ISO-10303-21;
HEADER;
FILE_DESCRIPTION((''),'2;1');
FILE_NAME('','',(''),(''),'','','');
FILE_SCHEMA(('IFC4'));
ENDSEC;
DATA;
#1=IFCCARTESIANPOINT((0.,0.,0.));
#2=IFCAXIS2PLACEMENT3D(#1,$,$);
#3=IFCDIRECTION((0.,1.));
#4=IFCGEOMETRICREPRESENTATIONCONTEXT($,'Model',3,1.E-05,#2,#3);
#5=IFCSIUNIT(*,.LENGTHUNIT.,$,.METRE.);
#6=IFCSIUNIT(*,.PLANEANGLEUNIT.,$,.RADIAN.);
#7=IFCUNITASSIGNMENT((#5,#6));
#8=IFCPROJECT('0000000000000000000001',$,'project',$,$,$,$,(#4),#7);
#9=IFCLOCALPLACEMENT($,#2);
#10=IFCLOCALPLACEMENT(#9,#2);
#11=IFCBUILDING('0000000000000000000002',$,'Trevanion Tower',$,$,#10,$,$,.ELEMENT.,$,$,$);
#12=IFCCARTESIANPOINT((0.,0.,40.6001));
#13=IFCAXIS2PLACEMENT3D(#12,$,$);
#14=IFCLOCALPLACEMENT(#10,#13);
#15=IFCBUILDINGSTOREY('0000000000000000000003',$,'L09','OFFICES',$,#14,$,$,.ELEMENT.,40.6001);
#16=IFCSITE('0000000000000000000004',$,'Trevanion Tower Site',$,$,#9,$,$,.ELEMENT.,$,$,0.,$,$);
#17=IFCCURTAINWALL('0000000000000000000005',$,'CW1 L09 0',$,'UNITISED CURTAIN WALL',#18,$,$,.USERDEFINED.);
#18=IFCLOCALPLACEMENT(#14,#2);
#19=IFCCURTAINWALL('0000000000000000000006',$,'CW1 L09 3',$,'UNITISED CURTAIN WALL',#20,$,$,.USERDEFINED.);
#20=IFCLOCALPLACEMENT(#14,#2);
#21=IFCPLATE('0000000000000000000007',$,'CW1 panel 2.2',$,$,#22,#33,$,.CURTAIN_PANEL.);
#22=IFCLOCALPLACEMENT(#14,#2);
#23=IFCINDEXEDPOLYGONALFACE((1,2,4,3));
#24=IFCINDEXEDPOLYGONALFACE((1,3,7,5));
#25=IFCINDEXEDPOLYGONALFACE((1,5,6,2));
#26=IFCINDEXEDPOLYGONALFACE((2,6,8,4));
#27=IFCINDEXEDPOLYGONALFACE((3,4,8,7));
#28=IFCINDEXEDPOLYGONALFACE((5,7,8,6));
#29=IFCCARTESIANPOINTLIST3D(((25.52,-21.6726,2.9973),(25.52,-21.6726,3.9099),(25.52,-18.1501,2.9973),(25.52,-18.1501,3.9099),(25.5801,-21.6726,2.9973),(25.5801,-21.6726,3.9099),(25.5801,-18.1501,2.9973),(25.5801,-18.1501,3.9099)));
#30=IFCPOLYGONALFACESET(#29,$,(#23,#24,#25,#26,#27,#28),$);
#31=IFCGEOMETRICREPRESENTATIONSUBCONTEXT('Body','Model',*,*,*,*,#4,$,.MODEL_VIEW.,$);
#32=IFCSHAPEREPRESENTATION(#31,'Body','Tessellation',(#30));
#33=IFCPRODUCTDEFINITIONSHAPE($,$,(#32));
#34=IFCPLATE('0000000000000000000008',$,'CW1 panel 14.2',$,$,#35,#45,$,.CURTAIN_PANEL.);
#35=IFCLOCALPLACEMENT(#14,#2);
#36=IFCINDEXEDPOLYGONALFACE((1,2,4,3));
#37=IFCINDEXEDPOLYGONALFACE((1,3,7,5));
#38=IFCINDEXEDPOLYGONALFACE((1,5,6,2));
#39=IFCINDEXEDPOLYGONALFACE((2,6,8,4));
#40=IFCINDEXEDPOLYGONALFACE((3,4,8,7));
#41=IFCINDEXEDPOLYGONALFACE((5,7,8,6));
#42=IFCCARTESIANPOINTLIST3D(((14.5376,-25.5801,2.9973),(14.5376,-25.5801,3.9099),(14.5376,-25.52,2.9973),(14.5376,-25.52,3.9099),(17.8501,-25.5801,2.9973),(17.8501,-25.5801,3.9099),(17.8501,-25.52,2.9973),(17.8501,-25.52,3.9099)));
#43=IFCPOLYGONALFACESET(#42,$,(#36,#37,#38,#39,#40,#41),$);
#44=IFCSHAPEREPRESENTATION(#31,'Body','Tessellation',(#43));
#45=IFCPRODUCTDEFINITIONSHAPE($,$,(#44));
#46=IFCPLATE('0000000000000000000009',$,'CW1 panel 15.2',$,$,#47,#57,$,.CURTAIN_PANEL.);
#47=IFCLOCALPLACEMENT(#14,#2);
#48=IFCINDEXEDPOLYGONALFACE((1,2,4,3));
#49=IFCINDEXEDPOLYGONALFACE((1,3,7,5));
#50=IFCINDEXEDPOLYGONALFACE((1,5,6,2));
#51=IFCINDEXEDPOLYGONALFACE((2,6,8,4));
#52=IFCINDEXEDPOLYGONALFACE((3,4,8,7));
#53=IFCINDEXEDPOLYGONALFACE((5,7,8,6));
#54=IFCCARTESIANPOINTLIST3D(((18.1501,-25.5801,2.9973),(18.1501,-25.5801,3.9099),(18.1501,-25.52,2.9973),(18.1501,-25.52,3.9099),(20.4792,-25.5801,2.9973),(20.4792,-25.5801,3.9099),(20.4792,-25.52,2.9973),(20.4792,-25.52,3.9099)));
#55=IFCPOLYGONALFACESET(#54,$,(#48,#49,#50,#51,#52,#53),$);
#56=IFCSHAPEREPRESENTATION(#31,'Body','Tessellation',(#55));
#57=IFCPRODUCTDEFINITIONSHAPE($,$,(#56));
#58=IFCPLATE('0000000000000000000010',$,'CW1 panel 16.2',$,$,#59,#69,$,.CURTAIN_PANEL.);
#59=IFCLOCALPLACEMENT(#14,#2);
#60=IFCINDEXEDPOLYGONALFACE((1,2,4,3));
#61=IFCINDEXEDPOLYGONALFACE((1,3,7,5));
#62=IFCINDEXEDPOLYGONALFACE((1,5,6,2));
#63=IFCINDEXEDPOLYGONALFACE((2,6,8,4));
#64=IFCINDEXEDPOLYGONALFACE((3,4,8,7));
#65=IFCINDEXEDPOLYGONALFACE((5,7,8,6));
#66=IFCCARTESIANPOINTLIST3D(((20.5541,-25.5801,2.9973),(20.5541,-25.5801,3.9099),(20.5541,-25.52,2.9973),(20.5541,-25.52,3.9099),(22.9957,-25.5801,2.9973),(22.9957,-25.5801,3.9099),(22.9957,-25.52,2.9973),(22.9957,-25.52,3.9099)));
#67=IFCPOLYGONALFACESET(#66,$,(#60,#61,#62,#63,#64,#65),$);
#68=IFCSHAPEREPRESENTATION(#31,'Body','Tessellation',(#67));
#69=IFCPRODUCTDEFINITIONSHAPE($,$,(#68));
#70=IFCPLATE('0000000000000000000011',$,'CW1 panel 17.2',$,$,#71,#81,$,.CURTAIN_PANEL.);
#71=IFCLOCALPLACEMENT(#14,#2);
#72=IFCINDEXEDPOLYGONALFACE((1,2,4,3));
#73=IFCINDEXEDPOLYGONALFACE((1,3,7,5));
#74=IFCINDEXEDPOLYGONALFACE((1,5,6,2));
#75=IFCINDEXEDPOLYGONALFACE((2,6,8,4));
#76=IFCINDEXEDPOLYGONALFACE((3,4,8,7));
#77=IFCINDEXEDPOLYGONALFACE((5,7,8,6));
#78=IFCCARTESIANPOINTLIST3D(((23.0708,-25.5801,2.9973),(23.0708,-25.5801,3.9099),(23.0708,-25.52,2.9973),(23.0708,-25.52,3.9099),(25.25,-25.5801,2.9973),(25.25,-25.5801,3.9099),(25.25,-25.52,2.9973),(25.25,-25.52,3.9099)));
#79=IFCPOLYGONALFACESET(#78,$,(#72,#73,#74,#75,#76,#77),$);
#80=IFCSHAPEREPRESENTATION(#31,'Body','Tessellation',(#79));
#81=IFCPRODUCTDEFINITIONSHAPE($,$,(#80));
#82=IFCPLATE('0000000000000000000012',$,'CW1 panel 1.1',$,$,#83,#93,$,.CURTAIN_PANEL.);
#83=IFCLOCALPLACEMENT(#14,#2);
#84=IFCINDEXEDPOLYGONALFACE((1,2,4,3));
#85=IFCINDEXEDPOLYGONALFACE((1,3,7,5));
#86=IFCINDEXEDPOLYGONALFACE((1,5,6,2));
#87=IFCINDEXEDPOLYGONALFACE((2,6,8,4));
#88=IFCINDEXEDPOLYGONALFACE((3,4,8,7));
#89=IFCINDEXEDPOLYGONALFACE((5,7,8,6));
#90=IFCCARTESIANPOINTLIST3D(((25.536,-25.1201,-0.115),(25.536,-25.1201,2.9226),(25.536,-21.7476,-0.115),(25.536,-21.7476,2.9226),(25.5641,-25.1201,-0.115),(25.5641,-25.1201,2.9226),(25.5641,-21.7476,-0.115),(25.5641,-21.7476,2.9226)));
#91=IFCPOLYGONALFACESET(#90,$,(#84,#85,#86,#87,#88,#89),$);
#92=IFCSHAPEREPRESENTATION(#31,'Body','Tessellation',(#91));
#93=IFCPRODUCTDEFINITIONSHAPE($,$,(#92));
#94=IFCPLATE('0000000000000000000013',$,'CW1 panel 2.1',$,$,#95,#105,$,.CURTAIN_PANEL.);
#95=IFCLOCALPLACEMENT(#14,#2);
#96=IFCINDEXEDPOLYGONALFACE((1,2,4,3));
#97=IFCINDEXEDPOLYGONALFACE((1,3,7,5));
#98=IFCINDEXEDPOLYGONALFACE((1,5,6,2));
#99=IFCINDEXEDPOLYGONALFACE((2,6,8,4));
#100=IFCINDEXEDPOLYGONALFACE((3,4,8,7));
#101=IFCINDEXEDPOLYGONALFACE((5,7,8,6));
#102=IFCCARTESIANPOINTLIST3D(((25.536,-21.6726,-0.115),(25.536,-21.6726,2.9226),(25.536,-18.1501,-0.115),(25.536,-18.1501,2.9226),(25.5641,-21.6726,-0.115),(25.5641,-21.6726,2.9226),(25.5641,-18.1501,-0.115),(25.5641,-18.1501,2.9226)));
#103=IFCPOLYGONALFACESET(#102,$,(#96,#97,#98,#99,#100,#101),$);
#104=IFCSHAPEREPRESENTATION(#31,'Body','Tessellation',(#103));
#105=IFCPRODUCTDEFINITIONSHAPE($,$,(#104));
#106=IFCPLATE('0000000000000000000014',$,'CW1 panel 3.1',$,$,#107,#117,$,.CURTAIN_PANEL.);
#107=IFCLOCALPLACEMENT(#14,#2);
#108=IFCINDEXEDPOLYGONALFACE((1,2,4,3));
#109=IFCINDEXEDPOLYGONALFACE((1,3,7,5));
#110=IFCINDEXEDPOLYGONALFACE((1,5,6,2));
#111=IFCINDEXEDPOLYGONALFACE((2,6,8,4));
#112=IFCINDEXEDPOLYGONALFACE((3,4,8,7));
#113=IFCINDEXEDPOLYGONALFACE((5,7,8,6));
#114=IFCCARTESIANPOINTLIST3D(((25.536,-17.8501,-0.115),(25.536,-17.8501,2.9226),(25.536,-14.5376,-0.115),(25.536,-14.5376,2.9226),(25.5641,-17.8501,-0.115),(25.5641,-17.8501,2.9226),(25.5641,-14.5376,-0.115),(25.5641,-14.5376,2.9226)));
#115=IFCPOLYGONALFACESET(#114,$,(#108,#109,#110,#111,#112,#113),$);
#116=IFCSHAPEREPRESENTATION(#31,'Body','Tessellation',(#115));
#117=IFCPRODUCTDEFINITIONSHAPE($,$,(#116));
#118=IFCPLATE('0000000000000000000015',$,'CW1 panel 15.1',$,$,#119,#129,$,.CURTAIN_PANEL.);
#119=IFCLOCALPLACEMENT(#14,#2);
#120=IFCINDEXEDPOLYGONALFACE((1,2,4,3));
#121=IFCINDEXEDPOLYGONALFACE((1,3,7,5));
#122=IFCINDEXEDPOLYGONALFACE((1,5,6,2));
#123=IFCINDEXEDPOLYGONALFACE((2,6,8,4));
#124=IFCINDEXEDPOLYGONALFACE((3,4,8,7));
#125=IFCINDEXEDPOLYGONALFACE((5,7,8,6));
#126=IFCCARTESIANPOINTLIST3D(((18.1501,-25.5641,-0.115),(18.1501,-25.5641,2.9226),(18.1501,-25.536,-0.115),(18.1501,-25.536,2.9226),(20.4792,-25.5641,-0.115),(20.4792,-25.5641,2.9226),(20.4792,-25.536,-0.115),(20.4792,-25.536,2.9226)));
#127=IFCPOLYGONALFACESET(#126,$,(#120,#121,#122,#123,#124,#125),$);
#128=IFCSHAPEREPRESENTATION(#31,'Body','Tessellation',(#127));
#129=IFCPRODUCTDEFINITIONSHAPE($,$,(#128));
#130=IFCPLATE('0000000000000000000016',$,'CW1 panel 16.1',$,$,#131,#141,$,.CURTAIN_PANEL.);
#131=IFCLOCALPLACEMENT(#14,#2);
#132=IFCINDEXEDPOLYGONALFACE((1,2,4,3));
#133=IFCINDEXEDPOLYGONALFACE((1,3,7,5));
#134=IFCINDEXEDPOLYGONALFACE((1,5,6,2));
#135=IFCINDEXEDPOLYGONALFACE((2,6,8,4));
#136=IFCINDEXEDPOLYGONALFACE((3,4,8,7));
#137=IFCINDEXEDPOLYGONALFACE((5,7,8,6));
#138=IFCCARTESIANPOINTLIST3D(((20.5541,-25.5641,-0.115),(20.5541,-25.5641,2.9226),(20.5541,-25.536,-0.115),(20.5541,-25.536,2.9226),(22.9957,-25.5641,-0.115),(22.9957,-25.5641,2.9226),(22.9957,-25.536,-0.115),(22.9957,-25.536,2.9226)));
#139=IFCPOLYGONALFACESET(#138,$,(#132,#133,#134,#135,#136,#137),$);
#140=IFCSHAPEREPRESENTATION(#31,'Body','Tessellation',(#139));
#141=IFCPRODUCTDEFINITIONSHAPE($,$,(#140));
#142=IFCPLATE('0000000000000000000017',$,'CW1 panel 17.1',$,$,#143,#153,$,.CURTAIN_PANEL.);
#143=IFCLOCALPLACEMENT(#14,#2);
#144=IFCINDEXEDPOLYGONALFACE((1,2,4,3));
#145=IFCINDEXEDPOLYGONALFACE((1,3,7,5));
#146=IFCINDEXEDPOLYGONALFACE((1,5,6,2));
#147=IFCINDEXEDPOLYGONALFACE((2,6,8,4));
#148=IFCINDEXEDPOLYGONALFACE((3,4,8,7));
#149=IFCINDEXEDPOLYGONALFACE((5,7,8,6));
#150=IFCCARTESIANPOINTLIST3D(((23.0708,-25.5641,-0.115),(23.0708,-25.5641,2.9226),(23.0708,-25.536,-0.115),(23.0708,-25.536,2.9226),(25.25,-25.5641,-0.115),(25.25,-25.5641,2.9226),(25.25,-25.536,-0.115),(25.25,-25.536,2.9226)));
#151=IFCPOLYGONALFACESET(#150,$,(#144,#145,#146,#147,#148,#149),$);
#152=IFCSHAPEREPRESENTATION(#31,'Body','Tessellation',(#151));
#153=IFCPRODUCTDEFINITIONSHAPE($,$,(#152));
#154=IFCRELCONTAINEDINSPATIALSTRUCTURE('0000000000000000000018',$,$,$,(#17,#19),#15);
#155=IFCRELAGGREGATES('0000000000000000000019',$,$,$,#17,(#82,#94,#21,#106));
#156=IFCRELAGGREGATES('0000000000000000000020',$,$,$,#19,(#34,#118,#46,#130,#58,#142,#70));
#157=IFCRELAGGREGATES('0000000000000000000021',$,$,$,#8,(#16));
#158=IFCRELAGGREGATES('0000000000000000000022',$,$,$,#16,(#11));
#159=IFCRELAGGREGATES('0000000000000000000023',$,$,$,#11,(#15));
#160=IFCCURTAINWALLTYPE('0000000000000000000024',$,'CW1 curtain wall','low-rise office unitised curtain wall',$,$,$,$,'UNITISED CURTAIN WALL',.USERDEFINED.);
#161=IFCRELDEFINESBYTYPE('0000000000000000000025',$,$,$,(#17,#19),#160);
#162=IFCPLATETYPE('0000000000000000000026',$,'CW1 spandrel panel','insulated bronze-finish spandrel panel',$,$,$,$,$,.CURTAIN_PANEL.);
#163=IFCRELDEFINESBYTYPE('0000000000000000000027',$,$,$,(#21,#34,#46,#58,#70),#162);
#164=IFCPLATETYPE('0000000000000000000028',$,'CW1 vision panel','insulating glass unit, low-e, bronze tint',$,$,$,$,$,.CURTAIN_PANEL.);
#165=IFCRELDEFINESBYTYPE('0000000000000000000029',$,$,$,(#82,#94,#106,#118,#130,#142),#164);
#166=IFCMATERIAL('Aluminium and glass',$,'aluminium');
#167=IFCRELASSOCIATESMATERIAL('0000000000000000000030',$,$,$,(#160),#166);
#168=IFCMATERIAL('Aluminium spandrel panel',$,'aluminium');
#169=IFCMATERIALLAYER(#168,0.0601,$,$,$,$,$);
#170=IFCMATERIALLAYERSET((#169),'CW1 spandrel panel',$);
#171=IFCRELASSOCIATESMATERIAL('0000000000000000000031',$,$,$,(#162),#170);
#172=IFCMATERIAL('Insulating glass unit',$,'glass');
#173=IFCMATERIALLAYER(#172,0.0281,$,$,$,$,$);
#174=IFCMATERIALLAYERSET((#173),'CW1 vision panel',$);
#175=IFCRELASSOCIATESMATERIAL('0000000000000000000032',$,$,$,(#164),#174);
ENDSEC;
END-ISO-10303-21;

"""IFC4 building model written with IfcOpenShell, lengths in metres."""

from ifc_helpers import new_model, si_unit, direction, frame, origin, origin_2d, place, context, subcontext, project, spatial, rectangle, extrude, material, layer, layer_set, type_object, element, aggregate, save


model = new_model("IFC4")

# Units and contexts
model_context = context("Model", 3, precision=1e-05, world=origin(), true_north=direction((0.0, 1.0)))
body_context = subcontext(model_context, "Body", "Model", "MODEL_VIEW")
ifc_project = project(units=[si_unit("LENGTHUNIT", "METRE"), si_unit("PLANEANGLEUNIT", "RADIAN")], contexts=[model_context])

# Site, building, storey
site_placement = place(None, origin())
site = spatial("IfcSite", under=ifc_project, at=site_placement, Name="Trevanion Tower Site", CompositionType="ELEMENT", RefElevation=0.0)
building_placement = place(site_placement, origin())
building = spatial("IfcBuilding", under=site, at=building_placement, Name="Trevanion Tower", CompositionType="ELEMENT")
storey_placement = place(building_placement, frame((0.0, 0.0, 40.6001)))
storey = spatial("IfcBuildingStorey", under=building, at=storey_placement, Name="L09", Description="OFFICES", CompositionType="ELEMENT", Elevation=40.6001)

# Curtain wall
ifc_material_1 = material(Name="Aluminium and glass", Category="aluminium")
curtain_wall_type = type_object("IfcCurtainWallType", Name="CW1 curtain wall", Description="low-rise office unitised curtain wall", ElementType="UNITISED CURTAIN WALL", PredefinedType="USERDEFINED", material=ifc_material_1)
curtain_wall_1_placement = place(storey_placement, origin())
curtain_wall_1 = element("IfcCurtainWall", 1, at=curtain_wall_1_placement, inside=storey, type_object=curtain_wall_type, Name="CW1 L09 0", ObjectType="UNITISED CURTAIN WALL", PredefinedType="USERDEFINED")

# Curtain wall
curtain_wall_2_placement = place(storey_placement, origin())
curtain_wall_2 = element("IfcCurtainWall", 2, at=curtain_wall_2_placement, inside=storey, type_object=curtain_wall_type, Name="CW1 L09 3", ObjectType="UNITISED CURTAIN WALL", PredefinedType="USERDEFINED")

# Plates
ifc_material_2 = material(Name="Aluminium spandrel panel", Category="aluminium")
ifc_layer_1 = layer(ifc_material_2, 0.0601)
ifc_layer_set_1 = layer_set([ifc_layer_1], Name="CW1 spandrel panel")
plate_type_1 = type_object("IfcPlateType", Name="CW1 spandrel panel", Description="insulated bronze-finish spandrel panel", PredefinedType="CURTAIN_PANEL", material=ifc_layer_set_1)
plate_1_placement = place(storey_placement, frame((25.55, -19.9114, 2.9973), z_axis=(0.0, 0.0, 1.0), x_axis=(0.0, 1.0, 0.0)))
plate_1 = element("IfcPlate", 3, at=plate_1_placement, type_object=plate_type_1, Name="CW1 panel 2.2", PredefinedType="CURTAIN_PANEL", context=body_context, shape_type="SweptSolid", body=[
    extrude(rectangle(XDim=3.5225, YDim=0.0601, at=origin_2d()), origin(), (0.0, 0.0, 1.0), 0.9126),
])
plate_2_placement = place(storey_placement, frame((16.1938, -25.55, 2.9973), z_axis=(0.0, 0.0, 1.0), x_axis=(1.0, 0.0, 0.0)))
plate_2 = element("IfcPlate", 4, at=plate_2_placement, type_object=plate_type_1, Name="CW1 panel 14.2", PredefinedType="CURTAIN_PANEL", context=body_context, shape_type="SweptSolid", body=[
    extrude(rectangle(XDim=3.3125, YDim=0.0601, at=origin_2d()), origin(), (0.0, 0.0, 1.0), 0.9126),
])
plate_3_placement = place(storey_placement, frame((19.3147, -25.55, 2.9973), z_axis=(0.0, 0.0, 1.0), x_axis=(1.0, 0.0, 0.0)))
plate_3 = element("IfcPlate", 5, at=plate_3_placement, type_object=plate_type_1, Name="CW1 panel 15.2", PredefinedType="CURTAIN_PANEL", context=body_context, shape_type="SweptSolid", body=[
    extrude(rectangle(XDim=2.3291, YDim=0.0601, at=origin_2d()), origin(), (0.0, 0.0, 1.0), 0.9126),
])
plate_4_placement = place(storey_placement, frame((21.7749, -25.55, 2.9973), z_axis=(0.0, 0.0, 1.0), x_axis=(1.0, 0.0, 0.0)))
plate_4 = element("IfcPlate", 6, at=plate_4_placement, type_object=plate_type_1, Name="CW1 panel 16.2", PredefinedType="CURTAIN_PANEL", context=body_context, shape_type="SweptSolid", body=[
    extrude(rectangle(XDim=2.4417, YDim=0.0601, at=origin_2d()), origin(), (0.0, 0.0, 1.0), 0.9126),
])
plate_5_placement = place(storey_placement, frame((24.1604, -25.55, 2.9973), z_axis=(0.0, 0.0, 1.0), x_axis=(1.0, 0.0, 0.0)))
plate_5 = element("IfcPlate", 7, at=plate_5_placement, type_object=plate_type_1, Name="CW1 panel 17.2", PredefinedType="CURTAIN_PANEL", context=body_context, shape_type="SweptSolid", body=[
    extrude(rectangle(XDim=2.1792, YDim=0.0601, at=origin_2d()), origin(), (0.0, 0.0, 1.0), 0.9126),
])
ifc_material_3 = material(Name="Insulating glass unit", Category="glass")
ifc_layer_2 = layer(ifc_material_3, 0.0281)
ifc_layer_set_2 = layer_set([ifc_layer_2], Name="CW1 vision panel")
plate_type_2 = type_object("IfcPlateType", Name="CW1 vision panel", Description="insulating glass unit, low-e, bronze tint", PredefinedType="CURTAIN_PANEL", material=ifc_layer_set_2)
plate_6_placement = place(storey_placement, frame((25.55, -23.4338, -0.115), z_axis=(0.0, 0.0, 1.0), x_axis=(0.0, 1.0, 0.0)))
plate_6 = element("IfcPlate", 8, at=plate_6_placement, type_object=plate_type_2, Name="CW1 panel 1.1", PredefinedType="CURTAIN_PANEL", context=body_context, shape_type="SweptSolid", body=[
    extrude(rectangle(XDim=3.3726, YDim=0.0281, at=origin_2d()), origin(), (0.0, 0.0, 1.0), 3.0376),
])
plate_7_placement = place(storey_placement, frame((25.55, -19.9114, -0.115), z_axis=(0.0, 0.0, 1.0), x_axis=(0.0, 1.0, 0.0)))
plate_7 = element("IfcPlate", 9, at=plate_7_placement, type_object=plate_type_2, Name="CW1 panel 2.1", PredefinedType="CURTAIN_PANEL", context=body_context, shape_type="SweptSolid", body=[
    extrude(rectangle(XDim=3.5225, YDim=0.0281, at=origin_2d()), origin(), (0.0, 0.0, 1.0), 3.0376),
])
plate_8_placement = place(storey_placement, frame((25.55, -16.1938, -0.115), z_axis=(0.0, 0.0, 1.0), x_axis=(0.0, 1.0, 0.0)))
plate_8 = element("IfcPlate", 10, at=plate_8_placement, type_object=plate_type_2, Name="CW1 panel 3.1", PredefinedType="CURTAIN_PANEL", context=body_context, shape_type="SweptSolid", body=[
    extrude(rectangle(XDim=3.3125, YDim=0.0281, at=origin_2d()), origin(), (0.0, 0.0, 1.0), 3.0376),
])
aggregate(curtain_wall_1, [plate_6, plate_7, plate_1, plate_8])
plate_9_placement = place(storey_placement, frame((19.3147, -25.55, -0.115), z_axis=(0.0, 0.0, 1.0), x_axis=(1.0, 0.0, 0.0)))
plate_9 = element("IfcPlate", 11, at=plate_9_placement, type_object=plate_type_2, Name="CW1 panel 15.1", PredefinedType="CURTAIN_PANEL", context=body_context, shape_type="SweptSolid", body=[
    extrude(rectangle(XDim=2.3291, YDim=0.0281, at=origin_2d()), origin(), (0.0, 0.0, 1.0), 3.0376),
])
plate_10_placement = place(storey_placement, frame((21.7749, -25.55, -0.115), z_axis=(0.0, 0.0, 1.0), x_axis=(1.0, 0.0, 0.0)))
plate_10 = element("IfcPlate", 12, at=plate_10_placement, type_object=plate_type_2, Name="CW1 panel 16.1", PredefinedType="CURTAIN_PANEL", context=body_context, shape_type="SweptSolid", body=[
    extrude(rectangle(XDim=2.4417, YDim=0.0281, at=origin_2d()), origin(), (0.0, 0.0, 1.0), 3.0376),
])
plate_11_placement = place(storey_placement, frame((24.1604, -25.55, -0.115), z_axis=(0.0, 0.0, 1.0), x_axis=(1.0, 0.0, 0.0)))
plate_11 = element("IfcPlate", 13, at=plate_11_placement, type_object=plate_type_2, Name="CW1 panel 17.1", PredefinedType="CURTAIN_PANEL", context=body_context, shape_type="SweptSolid", body=[
    extrude(rectangle(XDim=2.1792, YDim=0.0281, at=origin_2d()), origin(), (0.0, 0.0, 1.0), 3.0376),
])
aggregate(curtain_wall_2, [plate_2, plate_9, plate_3, plate_10, plate_4, plate_11, plate_5])

save(model, "model.ifc")
